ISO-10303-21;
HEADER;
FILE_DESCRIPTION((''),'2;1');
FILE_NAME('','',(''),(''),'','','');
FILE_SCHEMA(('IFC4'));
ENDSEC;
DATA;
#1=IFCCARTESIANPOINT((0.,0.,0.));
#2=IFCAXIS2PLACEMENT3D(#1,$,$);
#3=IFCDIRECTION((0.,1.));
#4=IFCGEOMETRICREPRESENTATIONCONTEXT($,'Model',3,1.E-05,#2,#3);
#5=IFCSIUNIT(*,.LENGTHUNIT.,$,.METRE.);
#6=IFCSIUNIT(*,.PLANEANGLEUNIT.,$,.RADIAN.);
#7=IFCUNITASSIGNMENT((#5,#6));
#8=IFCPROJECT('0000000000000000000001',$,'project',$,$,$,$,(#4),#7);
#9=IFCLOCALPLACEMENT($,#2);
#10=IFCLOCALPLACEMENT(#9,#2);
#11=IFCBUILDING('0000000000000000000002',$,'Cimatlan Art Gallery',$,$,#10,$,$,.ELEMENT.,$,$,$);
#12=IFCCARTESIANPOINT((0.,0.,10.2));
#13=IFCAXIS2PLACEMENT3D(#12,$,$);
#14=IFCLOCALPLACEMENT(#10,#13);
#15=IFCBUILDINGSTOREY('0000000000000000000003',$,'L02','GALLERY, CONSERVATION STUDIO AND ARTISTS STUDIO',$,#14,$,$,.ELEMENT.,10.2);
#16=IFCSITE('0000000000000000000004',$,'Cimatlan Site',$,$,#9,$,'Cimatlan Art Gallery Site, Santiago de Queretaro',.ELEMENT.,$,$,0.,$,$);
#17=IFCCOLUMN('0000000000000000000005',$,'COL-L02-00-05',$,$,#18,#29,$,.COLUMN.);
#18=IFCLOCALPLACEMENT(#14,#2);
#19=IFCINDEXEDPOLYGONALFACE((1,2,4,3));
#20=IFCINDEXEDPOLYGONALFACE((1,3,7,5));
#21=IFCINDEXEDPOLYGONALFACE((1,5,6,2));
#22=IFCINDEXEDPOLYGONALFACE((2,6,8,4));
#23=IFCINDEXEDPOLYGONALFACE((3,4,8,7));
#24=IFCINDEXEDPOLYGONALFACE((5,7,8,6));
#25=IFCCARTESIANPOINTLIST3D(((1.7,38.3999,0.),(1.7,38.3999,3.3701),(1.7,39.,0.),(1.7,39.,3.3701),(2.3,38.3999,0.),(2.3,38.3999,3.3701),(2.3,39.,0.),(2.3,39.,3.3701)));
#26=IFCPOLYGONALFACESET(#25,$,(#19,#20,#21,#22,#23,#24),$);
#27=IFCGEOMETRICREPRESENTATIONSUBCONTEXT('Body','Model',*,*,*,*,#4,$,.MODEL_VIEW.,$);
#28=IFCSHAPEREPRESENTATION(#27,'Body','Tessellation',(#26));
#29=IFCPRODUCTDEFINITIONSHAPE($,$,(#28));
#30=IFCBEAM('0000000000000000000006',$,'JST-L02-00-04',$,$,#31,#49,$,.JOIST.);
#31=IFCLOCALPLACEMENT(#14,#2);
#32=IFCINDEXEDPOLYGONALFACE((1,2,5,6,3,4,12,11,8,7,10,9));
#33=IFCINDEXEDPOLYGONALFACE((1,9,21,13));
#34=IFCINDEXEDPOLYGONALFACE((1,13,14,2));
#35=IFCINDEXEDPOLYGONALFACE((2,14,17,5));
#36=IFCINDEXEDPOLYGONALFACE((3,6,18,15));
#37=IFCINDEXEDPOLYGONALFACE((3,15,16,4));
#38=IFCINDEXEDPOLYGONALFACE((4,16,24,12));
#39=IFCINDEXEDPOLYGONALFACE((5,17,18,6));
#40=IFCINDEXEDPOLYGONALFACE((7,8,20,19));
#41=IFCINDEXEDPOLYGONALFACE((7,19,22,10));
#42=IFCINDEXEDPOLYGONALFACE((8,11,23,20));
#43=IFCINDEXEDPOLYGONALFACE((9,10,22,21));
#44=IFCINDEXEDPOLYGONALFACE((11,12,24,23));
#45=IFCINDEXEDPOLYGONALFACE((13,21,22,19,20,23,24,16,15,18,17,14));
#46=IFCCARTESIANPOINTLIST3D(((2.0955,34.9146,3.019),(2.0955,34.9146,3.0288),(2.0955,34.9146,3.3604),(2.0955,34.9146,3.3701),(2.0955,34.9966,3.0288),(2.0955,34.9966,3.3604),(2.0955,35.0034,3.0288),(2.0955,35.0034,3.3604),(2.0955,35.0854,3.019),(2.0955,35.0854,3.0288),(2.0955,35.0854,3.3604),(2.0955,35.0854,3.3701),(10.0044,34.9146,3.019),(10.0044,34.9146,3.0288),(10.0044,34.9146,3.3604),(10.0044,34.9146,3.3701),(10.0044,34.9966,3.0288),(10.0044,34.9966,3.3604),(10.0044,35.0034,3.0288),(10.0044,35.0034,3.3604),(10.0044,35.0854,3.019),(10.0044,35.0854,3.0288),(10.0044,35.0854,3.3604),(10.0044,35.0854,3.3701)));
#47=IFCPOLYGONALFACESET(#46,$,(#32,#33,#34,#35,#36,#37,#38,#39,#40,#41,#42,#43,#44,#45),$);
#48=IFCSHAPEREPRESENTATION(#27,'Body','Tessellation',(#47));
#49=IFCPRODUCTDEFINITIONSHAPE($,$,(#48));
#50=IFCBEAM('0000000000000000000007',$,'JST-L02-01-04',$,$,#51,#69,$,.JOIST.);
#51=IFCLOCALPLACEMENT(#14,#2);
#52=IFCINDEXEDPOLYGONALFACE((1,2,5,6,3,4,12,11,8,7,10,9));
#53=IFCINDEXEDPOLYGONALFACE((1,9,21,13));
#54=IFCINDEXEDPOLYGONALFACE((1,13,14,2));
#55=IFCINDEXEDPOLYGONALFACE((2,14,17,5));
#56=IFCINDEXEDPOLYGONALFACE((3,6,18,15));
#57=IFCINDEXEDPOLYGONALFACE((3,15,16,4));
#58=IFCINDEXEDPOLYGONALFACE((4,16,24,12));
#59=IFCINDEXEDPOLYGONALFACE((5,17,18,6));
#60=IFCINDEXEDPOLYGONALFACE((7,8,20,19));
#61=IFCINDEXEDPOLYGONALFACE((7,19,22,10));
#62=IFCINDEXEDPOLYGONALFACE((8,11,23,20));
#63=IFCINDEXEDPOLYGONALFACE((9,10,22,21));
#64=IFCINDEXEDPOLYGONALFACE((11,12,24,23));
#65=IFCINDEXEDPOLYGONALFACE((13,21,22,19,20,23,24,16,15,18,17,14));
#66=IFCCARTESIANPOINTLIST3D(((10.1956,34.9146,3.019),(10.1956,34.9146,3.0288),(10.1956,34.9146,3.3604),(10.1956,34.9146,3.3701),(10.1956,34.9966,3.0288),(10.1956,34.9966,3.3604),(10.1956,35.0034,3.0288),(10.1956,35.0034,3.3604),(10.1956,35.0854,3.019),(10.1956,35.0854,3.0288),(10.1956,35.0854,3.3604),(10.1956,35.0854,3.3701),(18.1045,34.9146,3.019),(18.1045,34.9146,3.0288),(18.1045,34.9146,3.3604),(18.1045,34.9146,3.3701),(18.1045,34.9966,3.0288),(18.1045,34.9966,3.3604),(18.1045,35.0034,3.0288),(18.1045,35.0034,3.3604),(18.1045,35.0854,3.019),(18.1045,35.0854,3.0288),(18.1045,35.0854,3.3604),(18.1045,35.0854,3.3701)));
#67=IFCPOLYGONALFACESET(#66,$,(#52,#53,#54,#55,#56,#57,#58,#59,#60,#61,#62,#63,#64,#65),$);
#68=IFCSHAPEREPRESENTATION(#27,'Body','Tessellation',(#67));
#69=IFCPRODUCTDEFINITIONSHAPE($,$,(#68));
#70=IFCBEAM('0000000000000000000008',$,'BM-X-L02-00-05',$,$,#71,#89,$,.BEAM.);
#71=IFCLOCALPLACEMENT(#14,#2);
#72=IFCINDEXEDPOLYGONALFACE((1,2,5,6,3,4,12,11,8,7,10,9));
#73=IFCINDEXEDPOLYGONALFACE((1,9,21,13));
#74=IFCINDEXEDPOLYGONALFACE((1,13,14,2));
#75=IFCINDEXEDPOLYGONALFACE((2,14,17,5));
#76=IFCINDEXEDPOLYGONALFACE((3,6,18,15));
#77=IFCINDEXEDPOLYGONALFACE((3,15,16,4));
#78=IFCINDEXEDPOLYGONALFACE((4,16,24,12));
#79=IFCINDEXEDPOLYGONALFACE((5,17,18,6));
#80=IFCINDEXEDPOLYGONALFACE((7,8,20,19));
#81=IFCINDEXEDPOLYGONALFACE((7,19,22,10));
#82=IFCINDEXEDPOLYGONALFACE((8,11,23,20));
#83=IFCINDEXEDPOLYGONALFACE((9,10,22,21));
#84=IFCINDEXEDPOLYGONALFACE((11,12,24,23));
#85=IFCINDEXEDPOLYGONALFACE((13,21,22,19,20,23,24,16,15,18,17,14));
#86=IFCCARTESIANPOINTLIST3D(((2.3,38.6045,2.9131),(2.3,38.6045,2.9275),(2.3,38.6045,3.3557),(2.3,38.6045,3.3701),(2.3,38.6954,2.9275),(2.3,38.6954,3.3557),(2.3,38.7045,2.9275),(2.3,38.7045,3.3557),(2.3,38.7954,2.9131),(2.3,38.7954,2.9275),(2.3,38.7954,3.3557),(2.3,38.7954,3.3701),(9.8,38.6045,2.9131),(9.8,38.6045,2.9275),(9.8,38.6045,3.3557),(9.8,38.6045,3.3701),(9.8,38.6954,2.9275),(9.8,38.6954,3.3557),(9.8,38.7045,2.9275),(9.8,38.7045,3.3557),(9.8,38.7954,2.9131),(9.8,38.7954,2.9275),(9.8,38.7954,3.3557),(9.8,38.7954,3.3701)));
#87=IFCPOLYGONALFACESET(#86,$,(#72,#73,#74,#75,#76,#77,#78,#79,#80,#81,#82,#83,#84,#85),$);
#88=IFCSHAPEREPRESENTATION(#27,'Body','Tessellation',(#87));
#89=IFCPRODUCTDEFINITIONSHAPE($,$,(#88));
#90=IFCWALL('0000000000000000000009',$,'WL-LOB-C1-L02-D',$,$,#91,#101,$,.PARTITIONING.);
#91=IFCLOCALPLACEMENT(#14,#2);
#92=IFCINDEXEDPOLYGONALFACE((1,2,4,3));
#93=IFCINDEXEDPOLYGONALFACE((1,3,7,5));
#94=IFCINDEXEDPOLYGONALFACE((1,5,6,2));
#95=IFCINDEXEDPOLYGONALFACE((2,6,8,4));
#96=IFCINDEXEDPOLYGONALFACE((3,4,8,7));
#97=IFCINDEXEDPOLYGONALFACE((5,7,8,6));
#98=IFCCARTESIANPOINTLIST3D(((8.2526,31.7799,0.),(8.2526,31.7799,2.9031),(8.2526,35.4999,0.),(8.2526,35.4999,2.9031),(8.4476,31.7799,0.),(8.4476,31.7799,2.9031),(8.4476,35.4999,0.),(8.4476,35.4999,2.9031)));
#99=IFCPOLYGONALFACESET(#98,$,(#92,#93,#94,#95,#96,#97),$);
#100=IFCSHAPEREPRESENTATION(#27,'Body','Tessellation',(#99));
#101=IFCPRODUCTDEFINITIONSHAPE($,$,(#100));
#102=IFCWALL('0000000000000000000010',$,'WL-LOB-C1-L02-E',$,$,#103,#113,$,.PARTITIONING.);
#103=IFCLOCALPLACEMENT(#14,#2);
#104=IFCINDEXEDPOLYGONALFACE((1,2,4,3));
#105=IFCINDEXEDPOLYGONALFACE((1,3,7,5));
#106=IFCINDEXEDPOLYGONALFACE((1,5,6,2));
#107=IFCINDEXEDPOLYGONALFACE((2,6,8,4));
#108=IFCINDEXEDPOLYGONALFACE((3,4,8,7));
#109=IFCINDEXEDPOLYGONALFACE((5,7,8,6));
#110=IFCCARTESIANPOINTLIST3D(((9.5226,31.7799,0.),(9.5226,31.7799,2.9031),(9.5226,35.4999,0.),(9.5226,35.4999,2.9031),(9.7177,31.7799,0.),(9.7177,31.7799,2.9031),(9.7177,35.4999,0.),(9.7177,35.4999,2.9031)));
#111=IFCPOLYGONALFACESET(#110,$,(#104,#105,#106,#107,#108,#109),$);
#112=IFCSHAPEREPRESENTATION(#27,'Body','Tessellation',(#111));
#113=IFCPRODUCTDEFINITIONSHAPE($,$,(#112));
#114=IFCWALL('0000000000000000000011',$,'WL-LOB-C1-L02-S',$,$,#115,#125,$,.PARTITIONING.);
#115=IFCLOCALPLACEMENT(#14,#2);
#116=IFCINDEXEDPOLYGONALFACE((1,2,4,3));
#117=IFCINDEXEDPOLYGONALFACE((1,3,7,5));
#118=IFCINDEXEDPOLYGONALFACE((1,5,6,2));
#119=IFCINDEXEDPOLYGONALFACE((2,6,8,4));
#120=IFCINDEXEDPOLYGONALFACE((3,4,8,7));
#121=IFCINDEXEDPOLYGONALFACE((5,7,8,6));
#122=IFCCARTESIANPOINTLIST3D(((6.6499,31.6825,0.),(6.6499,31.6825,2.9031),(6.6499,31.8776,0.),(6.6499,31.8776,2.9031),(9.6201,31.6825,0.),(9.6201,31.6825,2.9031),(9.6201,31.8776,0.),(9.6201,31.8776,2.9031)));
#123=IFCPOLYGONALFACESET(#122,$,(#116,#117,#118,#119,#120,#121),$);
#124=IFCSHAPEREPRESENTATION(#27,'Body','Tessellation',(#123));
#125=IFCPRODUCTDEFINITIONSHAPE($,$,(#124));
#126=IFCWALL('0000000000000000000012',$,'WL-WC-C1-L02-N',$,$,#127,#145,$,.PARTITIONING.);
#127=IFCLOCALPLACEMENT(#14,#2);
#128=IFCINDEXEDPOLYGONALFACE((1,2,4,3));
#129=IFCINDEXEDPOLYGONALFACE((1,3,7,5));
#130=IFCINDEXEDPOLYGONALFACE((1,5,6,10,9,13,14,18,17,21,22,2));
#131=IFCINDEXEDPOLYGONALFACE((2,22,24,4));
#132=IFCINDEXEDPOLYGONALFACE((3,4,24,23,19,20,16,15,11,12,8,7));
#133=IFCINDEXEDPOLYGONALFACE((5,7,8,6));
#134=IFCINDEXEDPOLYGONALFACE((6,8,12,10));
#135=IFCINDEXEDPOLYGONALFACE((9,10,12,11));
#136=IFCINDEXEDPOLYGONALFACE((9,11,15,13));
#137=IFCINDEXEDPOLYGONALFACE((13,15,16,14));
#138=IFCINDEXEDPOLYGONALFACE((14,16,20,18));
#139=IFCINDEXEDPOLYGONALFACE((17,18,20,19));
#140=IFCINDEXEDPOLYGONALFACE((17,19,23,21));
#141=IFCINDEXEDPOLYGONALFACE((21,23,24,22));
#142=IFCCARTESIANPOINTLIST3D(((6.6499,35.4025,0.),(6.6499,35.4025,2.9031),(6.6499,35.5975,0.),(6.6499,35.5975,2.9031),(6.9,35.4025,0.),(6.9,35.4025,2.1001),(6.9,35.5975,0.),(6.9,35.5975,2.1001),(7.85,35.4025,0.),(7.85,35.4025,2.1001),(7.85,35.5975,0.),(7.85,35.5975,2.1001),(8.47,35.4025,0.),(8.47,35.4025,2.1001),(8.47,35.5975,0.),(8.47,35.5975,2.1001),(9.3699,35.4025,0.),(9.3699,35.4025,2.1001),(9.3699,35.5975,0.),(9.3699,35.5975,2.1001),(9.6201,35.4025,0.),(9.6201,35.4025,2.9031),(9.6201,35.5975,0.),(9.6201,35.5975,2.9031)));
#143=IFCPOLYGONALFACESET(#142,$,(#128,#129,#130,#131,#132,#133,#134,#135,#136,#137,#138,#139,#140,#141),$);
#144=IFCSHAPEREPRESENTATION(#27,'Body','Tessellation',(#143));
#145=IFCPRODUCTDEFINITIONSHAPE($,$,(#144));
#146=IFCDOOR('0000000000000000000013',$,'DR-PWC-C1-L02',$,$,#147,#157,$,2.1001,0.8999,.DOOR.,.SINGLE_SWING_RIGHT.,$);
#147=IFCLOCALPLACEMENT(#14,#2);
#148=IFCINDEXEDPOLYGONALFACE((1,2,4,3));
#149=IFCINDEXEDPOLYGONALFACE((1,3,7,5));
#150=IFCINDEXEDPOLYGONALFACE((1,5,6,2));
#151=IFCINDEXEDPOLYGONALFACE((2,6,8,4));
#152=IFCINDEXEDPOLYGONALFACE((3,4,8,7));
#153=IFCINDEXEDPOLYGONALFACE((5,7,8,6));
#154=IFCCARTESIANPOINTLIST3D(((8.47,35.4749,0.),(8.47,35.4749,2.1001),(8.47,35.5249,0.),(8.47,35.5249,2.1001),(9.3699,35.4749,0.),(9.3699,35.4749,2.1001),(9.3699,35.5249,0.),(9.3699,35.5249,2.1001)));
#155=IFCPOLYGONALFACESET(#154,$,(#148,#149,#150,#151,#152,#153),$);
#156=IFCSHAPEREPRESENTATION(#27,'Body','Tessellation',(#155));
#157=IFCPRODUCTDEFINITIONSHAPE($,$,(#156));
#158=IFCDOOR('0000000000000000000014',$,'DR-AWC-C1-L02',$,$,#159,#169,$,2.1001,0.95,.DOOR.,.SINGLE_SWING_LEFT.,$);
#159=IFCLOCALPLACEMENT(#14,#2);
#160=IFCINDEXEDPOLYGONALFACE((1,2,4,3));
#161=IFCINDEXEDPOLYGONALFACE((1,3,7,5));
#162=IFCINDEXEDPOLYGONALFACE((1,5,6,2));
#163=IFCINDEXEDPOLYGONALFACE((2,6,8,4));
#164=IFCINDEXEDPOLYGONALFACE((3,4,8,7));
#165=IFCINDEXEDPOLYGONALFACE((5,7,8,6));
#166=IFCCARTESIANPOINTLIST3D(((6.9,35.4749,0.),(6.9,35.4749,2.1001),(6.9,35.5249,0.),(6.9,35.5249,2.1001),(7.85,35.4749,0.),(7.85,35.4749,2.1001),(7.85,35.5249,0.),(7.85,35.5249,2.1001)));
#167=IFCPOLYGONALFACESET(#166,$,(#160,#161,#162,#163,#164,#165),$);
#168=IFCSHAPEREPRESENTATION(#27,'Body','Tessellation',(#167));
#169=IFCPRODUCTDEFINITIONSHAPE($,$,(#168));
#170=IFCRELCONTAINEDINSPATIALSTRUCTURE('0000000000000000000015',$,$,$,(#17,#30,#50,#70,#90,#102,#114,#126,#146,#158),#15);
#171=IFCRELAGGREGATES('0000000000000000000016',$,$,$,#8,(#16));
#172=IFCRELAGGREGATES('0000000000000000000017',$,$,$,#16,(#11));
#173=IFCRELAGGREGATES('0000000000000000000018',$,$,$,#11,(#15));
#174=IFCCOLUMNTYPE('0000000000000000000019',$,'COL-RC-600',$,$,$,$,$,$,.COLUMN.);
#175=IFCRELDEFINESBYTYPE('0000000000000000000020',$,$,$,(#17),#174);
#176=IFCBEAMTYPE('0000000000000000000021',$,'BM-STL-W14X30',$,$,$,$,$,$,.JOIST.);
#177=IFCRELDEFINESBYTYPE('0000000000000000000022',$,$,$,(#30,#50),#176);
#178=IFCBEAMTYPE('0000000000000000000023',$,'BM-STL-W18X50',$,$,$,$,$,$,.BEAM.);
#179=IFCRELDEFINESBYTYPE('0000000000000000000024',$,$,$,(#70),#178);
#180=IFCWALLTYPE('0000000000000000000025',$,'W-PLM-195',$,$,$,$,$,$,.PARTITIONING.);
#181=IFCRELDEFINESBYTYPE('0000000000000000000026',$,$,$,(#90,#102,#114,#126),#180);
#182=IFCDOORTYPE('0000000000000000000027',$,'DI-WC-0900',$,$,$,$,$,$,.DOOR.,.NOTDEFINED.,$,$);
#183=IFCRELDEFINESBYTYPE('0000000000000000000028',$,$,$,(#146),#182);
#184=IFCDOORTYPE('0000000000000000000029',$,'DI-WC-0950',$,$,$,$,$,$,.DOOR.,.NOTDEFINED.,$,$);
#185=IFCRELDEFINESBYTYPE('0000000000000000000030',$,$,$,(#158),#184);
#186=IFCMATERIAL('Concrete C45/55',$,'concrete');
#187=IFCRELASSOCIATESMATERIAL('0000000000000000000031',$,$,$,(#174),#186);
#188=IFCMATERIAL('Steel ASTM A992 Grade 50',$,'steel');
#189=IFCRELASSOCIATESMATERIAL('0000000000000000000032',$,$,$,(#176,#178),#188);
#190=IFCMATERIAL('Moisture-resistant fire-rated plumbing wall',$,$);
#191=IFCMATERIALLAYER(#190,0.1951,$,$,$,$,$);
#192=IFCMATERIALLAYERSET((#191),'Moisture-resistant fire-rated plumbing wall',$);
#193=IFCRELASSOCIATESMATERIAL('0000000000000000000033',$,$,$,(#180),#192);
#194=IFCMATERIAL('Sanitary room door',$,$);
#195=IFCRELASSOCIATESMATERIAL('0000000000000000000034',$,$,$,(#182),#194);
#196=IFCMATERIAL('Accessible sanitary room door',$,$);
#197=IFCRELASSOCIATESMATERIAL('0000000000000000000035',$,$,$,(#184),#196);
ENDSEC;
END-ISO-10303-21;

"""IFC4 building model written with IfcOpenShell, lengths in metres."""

from ifc_helpers import new_model, si_unit, direction, frame, frame_2d, origin, origin_2d, place, context, subcontext, project, spatial, rectangle, i_section, extrude, material, layer, layer_set, material_profile, profile_set, type_object, element, fill, save


model = new_model("IFC4")

# Units and contexts
model_context = context("Model", 3, precision=1e-05, world=origin(), true_north=direction((0.0, 1.0)))
body_context = subcontext(model_context, "Body", "Model", "MODEL_VIEW")
ifc_project = project(units=[si_unit("LENGTHUNIT", "METRE"), si_unit("PLANEANGLEUNIT", "RADIAN")], contexts=[model_context])

# Site, building, storey
site_placement = place(None, origin())
site = spatial("IfcSite", under=ifc_project, at=site_placement, Name="Cimatlan Site", LongName="Cimatlan Art Gallery Site, Santiago de Queretaro", CompositionType="ELEMENT", RefElevation=0.0)
building_placement = place(site_placement, origin())
building = spatial("IfcBuilding", under=site, at=building_placement, Name="Cimatlan Art Gallery", CompositionType="ELEMENT")
storey_placement = place(building_placement, frame((0.0, 0.0, 10.2)))
storey = spatial("IfcBuildingStorey", under=building, at=storey_placement, Name="L02", Description="GALLERY, CONSERVATION STUDIO AND ARTISTS STUDIO", CompositionType="ELEMENT", Elevation=10.2)

# Column
ifc_material_1 = material(Name="Concrete C45/55", Category="concrete")
ifc_material_profile_1 = material_profile(ifc_material_1, rectangle(XDim=0.6001, YDim=0.6001, at=origin_2d()), Name="RC600X600")
ifc_profile_set_1 = profile_set([ifc_material_profile_1], Name="Concrete C45/55")
column_type = type_object("IfcColumnType", Name="COL-RC-600", PredefinedType="COLUMN", material=ifc_profile_set_1)
column_placement = place(storey_placement, frame((2.0, 38.7, 0.0), z_axis=(0.0, 0.0, 1.0), x_axis=(1.0, 0.0, 0.0)))
element("IfcColumn", 1, at=column_placement, inside=storey, type_object=column_type, Name="COL-L02-00-05", PredefinedType="COLUMN", context=body_context, shape_type="SweptSolid", body=[
    extrude(rectangle(XDim=0.6001, YDim=0.6001, at=origin_2d()), origin(), (0.0, 0.0, 1.0), 3.3701),
])

# Beams
ifc_material_2 = material(Name="Steel ASTM A992 Grade 50", Category="steel")
ifc_material_profile_2 = material_profile(ifc_material_2, i_section(OverallWidth=0.1709, OverallDepth=0.3511, WebThickness=0.0068, FlangeThickness=0.0098, at=origin_2d()), Name="W14X30")
ifc_profile_set_2 = profile_set([ifc_material_profile_2], Name="Steel ASTM A992 Grade 50")
beam_type_1 = type_object("IfcBeamType", Name="BM-STL-W14X30", PredefinedType="JOIST", material=ifc_profile_set_2)
for number, where, z_axis, x_axis, name in (
    (2, (2.0955, 35.0, 3.1946), (1.0, 0.0, 0.0), (0.0, 1.0, 0.0), "JST-L02-00-04"),
    (3, (10.1956, 35.0, 3.1946), (1.0, 0.0, 0.0), (0.0, 1.0, 0.0), "JST-L02-01-04"),
):
    element("IfcBeam", number, at=place(storey_placement, frame(where, z_axis=z_axis, x_axis=x_axis)), inside=storey, type_object=beam_type_1, Name=name, PredefinedType="JOIST", context=body_context, shape_type="SweptSolid", body=[
        extrude(i_section(OverallWidth=0.1709, OverallDepth=0.3511, WebThickness=0.0068, FlangeThickness=0.0098, at=origin_2d()), origin(), (0.0, 0.0, 1.0), 7.9089),
    ])
ifc_material_profile_3 = material_profile(ifc_material_2, i_section(OverallWidth=0.1909, OverallDepth=0.457, WebThickness=0.009, FlangeThickness=0.0144, at=origin_2d()), Name="W18X50")
ifc_profile_set_3 = profile_set([ifc_material_profile_3], Name="Steel ASTM A992 Grade 50")
beam_type_2 = type_object("IfcBeamType", Name="BM-STL-W18X50", PredefinedType="BEAM", material=ifc_profile_set_3)
beam_placement = place(storey_placement, frame((2.3, 38.7, 3.1416), z_axis=(1.0, 0.0, 0.0), x_axis=(0.0, 1.0, 0.0)))
element("IfcBeam", 4, at=beam_placement, inside=storey, type_object=beam_type_2, Name="BM-X-L02-00-05", PredefinedType="BEAM", context=body_context, shape_type="SweptSolid", body=[
    extrude(i_section(OverallWidth=0.1909, OverallDepth=0.457, WebThickness=0.009, FlangeThickness=0.0144, at=origin_2d()), origin(), (0.0, 0.0, 1.0), 7.5),
])

# Walls
ifc_material_3 = material(Name="Moisture-resistant fire-rated plumbing wall")
ifc_layer_1 = layer(ifc_material_3, 0.1951)
ifc_layer_set_1 = layer_set([ifc_layer_1], Name="Moisture-resistant fire-rated plumbing wall")
wall_type_1 = type_object("IfcWallType", Name="W-PLM-195", PredefinedType="PARTITIONING", material=ifc_layer_set_1)
for number, where, z_axis, x_axis, name in (
    (5, (8.3501, 31.78, 0.0), (0.0, 0.0, 1.0), (0.0, 1.0, 0.0), "WL-LOB-C1-L02-D"),
    (6, (9.6201, 31.78, 0.0), (0.0, 0.0, 1.0), (0.0, 1.0, 0.0), "WL-LOB-C1-L02-E"),
):
    element("IfcWall", number, at=place(storey_placement, frame(where, z_axis=z_axis, x_axis=x_axis)), inside=storey, type_object=wall_type_1, Name=name, PredefinedType="PARTITIONING", context=body_context, shape_type="SweptSolid", body=[
        extrude(rectangle(XDim=3.72, YDim=0.1951, at=frame_2d((1.8599, 0.0))), origin(), (0.0, 0.0, 1.0), 2.9031),
    ])
wall_1_placement = place(storey_placement, frame((6.6499, 31.78, 0.0), z_axis=(0.0, 0.0, 1.0), x_axis=(1.0, 0.0, 0.0)))
element("IfcWall", 7, at=wall_1_placement, inside=storey, type_object=wall_type_1, Name="WL-LOB-C1-L02-S", PredefinedType="PARTITIONING", context=body_context, shape_type="SweptSolid", body=[
    extrude(rectangle(XDim=2.9702, YDim=0.1951, at=frame_2d((1.4851, 0.0))), origin(), (0.0, 0.0, 1.0), 2.9031),
])

# Wall, openings, doors
wall_2_placement = place(storey_placement, frame((6.6499, 35.5, 0.0), z_axis=(0.0, 0.0, 1.0), x_axis=(1.0, 0.0, 0.0)))
wall_2 = element("IfcWall", 8, at=wall_2_placement, inside=storey, type_object=wall_type_1, Name="WL-WC-C1-L02-N", PredefinedType="PARTITIONING", context=body_context, shape_type="SweptSolid", body=[
    extrude(rectangle(XDim=2.9702, YDim=0.1951, at=frame_2d((1.4851, 0.0))), origin(), (0.0, 0.0, 1.0), 2.9031),
])
opening_1_placement = place(wall_2_placement, frame((0.25, 0.0, 0.0)))
opening_1 = element("IfcOpeningElement", 9, at=opening_1_placement, cuts=wall_2, PredefinedType="OPENING", context=body_context, shape_type="SweptSolid", body=[
    extrude(rectangle(XDim=0.95, YDim=2.1001, at=frame_2d((0.4751, 1.05))), frame((0.0, 0.1074, 0.0), z_axis=(0.0, -1.0, 0.0), x_axis=(1.0, 0.0, 0.0)), (0.0, 0.0, 1.0), 0.2151),
])
opening_2_placement = place(wall_2_placement, frame((1.8201, 0.0, 0.0)))
opening_2 = element("IfcOpeningElement", 10, at=opening_2_placement, cuts=wall_2, PredefinedType="OPENING", context=body_context, shape_type="SweptSolid", body=[
    extrude(rectangle(XDim=0.8999, YDim=2.1001, at=frame_2d((0.45, 1.05))), frame((0.0, 0.1074, 0.0), z_axis=(0.0, -1.0, 0.0), x_axis=(1.0, 0.0, 0.0)), (0.0, 0.0, 1.0), 0.2151),
])
ifc_material_4 = material(Name="Sanitary room door")
door_type_1 = type_object("IfcDoorType", Name="DI-WC-0900", OperationType="NOTDEFINED", PredefinedType="DOOR", material=ifc_material_4)
door_1_placement = place(opening_2_placement, origin())
door_1 = element("IfcDoor", 11, at=door_1_placement, inside=storey, type_object=door_type_1, Name="DR-PWC-C1-L02", OperationType="SINGLE_SWING_RIGHT", OverallHeight=2.1001, OverallWidth=0.8999, PredefinedType="DOOR", context=body_context, shape_type="SweptSolid", body=[
    extrude(rectangle(XDim=0.8999, YDim=2.1001, at=frame_2d((0.45, 1.05))), frame((0.0, 0.0249, 0.0), z_axis=(0.0, -1.0, 0.0), x_axis=(1.0, 0.0, 0.0)), (0.0, 0.0, 1.0), 0.05),
])
fill(opening_2, door_1)
ifc_material_5 = material(Name="Accessible sanitary room door")
door_type_2 = type_object("IfcDoorType", Name="DI-WC-0950", OperationType="NOTDEFINED", PredefinedType="DOOR", material=ifc_material_5)
door_2_placement = place(opening_1_placement, origin())
door_2 = element("IfcDoor", 12, at=door_2_placement, inside=storey, type_object=door_type_2, Name="DR-AWC-C1-L02", OperationType="SINGLE_SWING_LEFT", OverallHeight=2.1001, OverallWidth=0.95, PredefinedType="DOOR", context=body_context, shape_type="SweptSolid", body=[
    extrude(rectangle(XDim=0.95, YDim=2.1001, at=frame_2d((0.4751, 1.05))), frame((0.0, 0.0249, 0.0), z_axis=(0.0, -1.0, 0.0), x_axis=(1.0, 0.0, 0.0)), (0.0, 0.0, 1.0), 0.05),
])
fill(opening_1, door_2)

save(model, "model.ifc")
